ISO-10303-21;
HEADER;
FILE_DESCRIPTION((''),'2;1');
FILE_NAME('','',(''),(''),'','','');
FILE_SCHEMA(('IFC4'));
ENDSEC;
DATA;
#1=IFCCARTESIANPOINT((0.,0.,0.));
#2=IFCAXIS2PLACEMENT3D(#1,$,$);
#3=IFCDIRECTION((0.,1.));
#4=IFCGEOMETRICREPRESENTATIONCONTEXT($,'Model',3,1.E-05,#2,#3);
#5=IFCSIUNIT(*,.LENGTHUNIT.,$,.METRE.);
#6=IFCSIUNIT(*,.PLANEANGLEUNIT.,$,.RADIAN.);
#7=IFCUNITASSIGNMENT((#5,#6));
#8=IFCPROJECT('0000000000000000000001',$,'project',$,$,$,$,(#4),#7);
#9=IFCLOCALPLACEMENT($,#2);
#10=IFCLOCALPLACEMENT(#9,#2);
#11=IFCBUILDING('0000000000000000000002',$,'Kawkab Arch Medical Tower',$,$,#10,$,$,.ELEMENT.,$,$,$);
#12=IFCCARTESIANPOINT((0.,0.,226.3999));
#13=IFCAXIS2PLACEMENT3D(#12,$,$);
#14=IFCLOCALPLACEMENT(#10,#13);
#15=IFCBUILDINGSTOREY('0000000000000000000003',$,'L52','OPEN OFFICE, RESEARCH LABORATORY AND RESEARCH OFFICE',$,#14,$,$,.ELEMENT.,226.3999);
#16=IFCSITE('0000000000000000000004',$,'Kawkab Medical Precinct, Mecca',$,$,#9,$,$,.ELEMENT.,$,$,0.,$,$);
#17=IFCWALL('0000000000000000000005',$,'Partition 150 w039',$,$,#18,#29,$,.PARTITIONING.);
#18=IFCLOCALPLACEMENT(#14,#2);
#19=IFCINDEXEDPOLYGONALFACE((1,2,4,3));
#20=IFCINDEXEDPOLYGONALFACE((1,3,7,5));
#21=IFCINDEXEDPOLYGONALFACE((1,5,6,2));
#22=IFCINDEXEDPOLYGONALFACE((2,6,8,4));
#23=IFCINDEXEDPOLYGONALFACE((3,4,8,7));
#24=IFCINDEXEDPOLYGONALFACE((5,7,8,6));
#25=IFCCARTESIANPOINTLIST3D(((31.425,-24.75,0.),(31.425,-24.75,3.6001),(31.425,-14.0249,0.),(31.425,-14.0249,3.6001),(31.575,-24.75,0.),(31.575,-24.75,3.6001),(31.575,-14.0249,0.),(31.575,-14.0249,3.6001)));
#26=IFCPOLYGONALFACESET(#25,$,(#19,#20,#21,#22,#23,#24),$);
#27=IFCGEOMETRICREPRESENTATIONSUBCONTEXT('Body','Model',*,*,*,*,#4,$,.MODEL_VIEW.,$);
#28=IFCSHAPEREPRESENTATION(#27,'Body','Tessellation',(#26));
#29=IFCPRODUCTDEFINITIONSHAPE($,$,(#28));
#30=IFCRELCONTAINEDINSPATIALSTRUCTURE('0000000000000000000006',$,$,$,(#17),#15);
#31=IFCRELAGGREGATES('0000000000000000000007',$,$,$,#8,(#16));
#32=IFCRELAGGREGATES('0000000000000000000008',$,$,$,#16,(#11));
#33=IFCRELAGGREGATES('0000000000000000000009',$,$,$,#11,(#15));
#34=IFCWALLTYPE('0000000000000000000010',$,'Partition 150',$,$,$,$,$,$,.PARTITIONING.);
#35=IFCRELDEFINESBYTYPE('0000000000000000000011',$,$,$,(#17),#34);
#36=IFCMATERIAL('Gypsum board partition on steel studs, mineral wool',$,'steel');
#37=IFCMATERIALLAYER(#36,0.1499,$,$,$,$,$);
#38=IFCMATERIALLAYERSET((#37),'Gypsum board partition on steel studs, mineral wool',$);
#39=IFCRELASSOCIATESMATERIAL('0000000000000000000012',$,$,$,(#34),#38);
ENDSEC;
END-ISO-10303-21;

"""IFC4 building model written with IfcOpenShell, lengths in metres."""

from ifc_helpers import new_model, si_unit, direction, frame, frame_2d, origin, place, context, subcontext, project, spatial, rectangle, extrude, material, layer, layer_set, type_object, element, save


model = new_model("IFC4")

# Units and contexts
model_context = context("Model", 3, precision=1e-05, world=origin(), true_north=direction((0.0, 1.0)))
body_context = subcontext(model_context, "Body", "Model", "MODEL_VIEW")
ifc_project = project(units=[si_unit("LENGTHUNIT", "METRE"), si_unit("PLANEANGLEUNIT", "RADIAN")], contexts=[model_context])

# Site, building, storey
site_placement = place(None, origin())
site = spatial("IfcSite", under=ifc_project, at=site_placement, Name="Kawkab Medical Precinct, Mecca", CompositionType="ELEMENT", RefElevation=0.0)
building_placement = place(site_placement, origin())
building = spatial("IfcBuilding", under=site, at=building_placement, Name="Kawkab Arch Medical Tower", CompositionType="ELEMENT")
storey_placement = place(building_placement, frame((0.0, 0.0, 226.3999)))
storey = spatial("IfcBuildingStorey", under=building, at=storey_placement, Name="L52", Description="OPEN OFFICE, RESEARCH LABORATORY AND RESEARCH OFFICE", CompositionType="ELEMENT", Elevation=226.3999)

# Wall
ifc_material_1 = material(Name="Gypsum board partition on steel studs, mineral wool", Category="steel")
ifc_layer_1 = layer(ifc_material_1, 0.1499)
ifc_layer_set_1 = layer_set([ifc_layer_1], Name="Gypsum board partition on steel studs, mineral wool")
wall_type_1 = type_object("IfcWallType", Name="Partition 150", PredefinedType="PARTITIONING", material=ifc_layer_set_1)
wall_1_placement = place(storey_placement, frame((31.5, -24.75, 0.0), z_axis=(0.0, 0.0, 1.0), x_axis=(0.0, 1.0, 0.0)))
element("IfcWall", 1, at=wall_1_placement, inside=storey, type_object=wall_type_1, Name="Partition 150 w039", PredefinedType="PARTITIONING", context=body_context, shape_type="SweptSolid", body=[
    extrude(rectangle(XDim=10.7251, YDim=0.1499, at=frame_2d((5.3625, 0.0))), origin(), (0.0, 0.0, 1.0), 3.6001),
])

save(model, "model.ifc")
